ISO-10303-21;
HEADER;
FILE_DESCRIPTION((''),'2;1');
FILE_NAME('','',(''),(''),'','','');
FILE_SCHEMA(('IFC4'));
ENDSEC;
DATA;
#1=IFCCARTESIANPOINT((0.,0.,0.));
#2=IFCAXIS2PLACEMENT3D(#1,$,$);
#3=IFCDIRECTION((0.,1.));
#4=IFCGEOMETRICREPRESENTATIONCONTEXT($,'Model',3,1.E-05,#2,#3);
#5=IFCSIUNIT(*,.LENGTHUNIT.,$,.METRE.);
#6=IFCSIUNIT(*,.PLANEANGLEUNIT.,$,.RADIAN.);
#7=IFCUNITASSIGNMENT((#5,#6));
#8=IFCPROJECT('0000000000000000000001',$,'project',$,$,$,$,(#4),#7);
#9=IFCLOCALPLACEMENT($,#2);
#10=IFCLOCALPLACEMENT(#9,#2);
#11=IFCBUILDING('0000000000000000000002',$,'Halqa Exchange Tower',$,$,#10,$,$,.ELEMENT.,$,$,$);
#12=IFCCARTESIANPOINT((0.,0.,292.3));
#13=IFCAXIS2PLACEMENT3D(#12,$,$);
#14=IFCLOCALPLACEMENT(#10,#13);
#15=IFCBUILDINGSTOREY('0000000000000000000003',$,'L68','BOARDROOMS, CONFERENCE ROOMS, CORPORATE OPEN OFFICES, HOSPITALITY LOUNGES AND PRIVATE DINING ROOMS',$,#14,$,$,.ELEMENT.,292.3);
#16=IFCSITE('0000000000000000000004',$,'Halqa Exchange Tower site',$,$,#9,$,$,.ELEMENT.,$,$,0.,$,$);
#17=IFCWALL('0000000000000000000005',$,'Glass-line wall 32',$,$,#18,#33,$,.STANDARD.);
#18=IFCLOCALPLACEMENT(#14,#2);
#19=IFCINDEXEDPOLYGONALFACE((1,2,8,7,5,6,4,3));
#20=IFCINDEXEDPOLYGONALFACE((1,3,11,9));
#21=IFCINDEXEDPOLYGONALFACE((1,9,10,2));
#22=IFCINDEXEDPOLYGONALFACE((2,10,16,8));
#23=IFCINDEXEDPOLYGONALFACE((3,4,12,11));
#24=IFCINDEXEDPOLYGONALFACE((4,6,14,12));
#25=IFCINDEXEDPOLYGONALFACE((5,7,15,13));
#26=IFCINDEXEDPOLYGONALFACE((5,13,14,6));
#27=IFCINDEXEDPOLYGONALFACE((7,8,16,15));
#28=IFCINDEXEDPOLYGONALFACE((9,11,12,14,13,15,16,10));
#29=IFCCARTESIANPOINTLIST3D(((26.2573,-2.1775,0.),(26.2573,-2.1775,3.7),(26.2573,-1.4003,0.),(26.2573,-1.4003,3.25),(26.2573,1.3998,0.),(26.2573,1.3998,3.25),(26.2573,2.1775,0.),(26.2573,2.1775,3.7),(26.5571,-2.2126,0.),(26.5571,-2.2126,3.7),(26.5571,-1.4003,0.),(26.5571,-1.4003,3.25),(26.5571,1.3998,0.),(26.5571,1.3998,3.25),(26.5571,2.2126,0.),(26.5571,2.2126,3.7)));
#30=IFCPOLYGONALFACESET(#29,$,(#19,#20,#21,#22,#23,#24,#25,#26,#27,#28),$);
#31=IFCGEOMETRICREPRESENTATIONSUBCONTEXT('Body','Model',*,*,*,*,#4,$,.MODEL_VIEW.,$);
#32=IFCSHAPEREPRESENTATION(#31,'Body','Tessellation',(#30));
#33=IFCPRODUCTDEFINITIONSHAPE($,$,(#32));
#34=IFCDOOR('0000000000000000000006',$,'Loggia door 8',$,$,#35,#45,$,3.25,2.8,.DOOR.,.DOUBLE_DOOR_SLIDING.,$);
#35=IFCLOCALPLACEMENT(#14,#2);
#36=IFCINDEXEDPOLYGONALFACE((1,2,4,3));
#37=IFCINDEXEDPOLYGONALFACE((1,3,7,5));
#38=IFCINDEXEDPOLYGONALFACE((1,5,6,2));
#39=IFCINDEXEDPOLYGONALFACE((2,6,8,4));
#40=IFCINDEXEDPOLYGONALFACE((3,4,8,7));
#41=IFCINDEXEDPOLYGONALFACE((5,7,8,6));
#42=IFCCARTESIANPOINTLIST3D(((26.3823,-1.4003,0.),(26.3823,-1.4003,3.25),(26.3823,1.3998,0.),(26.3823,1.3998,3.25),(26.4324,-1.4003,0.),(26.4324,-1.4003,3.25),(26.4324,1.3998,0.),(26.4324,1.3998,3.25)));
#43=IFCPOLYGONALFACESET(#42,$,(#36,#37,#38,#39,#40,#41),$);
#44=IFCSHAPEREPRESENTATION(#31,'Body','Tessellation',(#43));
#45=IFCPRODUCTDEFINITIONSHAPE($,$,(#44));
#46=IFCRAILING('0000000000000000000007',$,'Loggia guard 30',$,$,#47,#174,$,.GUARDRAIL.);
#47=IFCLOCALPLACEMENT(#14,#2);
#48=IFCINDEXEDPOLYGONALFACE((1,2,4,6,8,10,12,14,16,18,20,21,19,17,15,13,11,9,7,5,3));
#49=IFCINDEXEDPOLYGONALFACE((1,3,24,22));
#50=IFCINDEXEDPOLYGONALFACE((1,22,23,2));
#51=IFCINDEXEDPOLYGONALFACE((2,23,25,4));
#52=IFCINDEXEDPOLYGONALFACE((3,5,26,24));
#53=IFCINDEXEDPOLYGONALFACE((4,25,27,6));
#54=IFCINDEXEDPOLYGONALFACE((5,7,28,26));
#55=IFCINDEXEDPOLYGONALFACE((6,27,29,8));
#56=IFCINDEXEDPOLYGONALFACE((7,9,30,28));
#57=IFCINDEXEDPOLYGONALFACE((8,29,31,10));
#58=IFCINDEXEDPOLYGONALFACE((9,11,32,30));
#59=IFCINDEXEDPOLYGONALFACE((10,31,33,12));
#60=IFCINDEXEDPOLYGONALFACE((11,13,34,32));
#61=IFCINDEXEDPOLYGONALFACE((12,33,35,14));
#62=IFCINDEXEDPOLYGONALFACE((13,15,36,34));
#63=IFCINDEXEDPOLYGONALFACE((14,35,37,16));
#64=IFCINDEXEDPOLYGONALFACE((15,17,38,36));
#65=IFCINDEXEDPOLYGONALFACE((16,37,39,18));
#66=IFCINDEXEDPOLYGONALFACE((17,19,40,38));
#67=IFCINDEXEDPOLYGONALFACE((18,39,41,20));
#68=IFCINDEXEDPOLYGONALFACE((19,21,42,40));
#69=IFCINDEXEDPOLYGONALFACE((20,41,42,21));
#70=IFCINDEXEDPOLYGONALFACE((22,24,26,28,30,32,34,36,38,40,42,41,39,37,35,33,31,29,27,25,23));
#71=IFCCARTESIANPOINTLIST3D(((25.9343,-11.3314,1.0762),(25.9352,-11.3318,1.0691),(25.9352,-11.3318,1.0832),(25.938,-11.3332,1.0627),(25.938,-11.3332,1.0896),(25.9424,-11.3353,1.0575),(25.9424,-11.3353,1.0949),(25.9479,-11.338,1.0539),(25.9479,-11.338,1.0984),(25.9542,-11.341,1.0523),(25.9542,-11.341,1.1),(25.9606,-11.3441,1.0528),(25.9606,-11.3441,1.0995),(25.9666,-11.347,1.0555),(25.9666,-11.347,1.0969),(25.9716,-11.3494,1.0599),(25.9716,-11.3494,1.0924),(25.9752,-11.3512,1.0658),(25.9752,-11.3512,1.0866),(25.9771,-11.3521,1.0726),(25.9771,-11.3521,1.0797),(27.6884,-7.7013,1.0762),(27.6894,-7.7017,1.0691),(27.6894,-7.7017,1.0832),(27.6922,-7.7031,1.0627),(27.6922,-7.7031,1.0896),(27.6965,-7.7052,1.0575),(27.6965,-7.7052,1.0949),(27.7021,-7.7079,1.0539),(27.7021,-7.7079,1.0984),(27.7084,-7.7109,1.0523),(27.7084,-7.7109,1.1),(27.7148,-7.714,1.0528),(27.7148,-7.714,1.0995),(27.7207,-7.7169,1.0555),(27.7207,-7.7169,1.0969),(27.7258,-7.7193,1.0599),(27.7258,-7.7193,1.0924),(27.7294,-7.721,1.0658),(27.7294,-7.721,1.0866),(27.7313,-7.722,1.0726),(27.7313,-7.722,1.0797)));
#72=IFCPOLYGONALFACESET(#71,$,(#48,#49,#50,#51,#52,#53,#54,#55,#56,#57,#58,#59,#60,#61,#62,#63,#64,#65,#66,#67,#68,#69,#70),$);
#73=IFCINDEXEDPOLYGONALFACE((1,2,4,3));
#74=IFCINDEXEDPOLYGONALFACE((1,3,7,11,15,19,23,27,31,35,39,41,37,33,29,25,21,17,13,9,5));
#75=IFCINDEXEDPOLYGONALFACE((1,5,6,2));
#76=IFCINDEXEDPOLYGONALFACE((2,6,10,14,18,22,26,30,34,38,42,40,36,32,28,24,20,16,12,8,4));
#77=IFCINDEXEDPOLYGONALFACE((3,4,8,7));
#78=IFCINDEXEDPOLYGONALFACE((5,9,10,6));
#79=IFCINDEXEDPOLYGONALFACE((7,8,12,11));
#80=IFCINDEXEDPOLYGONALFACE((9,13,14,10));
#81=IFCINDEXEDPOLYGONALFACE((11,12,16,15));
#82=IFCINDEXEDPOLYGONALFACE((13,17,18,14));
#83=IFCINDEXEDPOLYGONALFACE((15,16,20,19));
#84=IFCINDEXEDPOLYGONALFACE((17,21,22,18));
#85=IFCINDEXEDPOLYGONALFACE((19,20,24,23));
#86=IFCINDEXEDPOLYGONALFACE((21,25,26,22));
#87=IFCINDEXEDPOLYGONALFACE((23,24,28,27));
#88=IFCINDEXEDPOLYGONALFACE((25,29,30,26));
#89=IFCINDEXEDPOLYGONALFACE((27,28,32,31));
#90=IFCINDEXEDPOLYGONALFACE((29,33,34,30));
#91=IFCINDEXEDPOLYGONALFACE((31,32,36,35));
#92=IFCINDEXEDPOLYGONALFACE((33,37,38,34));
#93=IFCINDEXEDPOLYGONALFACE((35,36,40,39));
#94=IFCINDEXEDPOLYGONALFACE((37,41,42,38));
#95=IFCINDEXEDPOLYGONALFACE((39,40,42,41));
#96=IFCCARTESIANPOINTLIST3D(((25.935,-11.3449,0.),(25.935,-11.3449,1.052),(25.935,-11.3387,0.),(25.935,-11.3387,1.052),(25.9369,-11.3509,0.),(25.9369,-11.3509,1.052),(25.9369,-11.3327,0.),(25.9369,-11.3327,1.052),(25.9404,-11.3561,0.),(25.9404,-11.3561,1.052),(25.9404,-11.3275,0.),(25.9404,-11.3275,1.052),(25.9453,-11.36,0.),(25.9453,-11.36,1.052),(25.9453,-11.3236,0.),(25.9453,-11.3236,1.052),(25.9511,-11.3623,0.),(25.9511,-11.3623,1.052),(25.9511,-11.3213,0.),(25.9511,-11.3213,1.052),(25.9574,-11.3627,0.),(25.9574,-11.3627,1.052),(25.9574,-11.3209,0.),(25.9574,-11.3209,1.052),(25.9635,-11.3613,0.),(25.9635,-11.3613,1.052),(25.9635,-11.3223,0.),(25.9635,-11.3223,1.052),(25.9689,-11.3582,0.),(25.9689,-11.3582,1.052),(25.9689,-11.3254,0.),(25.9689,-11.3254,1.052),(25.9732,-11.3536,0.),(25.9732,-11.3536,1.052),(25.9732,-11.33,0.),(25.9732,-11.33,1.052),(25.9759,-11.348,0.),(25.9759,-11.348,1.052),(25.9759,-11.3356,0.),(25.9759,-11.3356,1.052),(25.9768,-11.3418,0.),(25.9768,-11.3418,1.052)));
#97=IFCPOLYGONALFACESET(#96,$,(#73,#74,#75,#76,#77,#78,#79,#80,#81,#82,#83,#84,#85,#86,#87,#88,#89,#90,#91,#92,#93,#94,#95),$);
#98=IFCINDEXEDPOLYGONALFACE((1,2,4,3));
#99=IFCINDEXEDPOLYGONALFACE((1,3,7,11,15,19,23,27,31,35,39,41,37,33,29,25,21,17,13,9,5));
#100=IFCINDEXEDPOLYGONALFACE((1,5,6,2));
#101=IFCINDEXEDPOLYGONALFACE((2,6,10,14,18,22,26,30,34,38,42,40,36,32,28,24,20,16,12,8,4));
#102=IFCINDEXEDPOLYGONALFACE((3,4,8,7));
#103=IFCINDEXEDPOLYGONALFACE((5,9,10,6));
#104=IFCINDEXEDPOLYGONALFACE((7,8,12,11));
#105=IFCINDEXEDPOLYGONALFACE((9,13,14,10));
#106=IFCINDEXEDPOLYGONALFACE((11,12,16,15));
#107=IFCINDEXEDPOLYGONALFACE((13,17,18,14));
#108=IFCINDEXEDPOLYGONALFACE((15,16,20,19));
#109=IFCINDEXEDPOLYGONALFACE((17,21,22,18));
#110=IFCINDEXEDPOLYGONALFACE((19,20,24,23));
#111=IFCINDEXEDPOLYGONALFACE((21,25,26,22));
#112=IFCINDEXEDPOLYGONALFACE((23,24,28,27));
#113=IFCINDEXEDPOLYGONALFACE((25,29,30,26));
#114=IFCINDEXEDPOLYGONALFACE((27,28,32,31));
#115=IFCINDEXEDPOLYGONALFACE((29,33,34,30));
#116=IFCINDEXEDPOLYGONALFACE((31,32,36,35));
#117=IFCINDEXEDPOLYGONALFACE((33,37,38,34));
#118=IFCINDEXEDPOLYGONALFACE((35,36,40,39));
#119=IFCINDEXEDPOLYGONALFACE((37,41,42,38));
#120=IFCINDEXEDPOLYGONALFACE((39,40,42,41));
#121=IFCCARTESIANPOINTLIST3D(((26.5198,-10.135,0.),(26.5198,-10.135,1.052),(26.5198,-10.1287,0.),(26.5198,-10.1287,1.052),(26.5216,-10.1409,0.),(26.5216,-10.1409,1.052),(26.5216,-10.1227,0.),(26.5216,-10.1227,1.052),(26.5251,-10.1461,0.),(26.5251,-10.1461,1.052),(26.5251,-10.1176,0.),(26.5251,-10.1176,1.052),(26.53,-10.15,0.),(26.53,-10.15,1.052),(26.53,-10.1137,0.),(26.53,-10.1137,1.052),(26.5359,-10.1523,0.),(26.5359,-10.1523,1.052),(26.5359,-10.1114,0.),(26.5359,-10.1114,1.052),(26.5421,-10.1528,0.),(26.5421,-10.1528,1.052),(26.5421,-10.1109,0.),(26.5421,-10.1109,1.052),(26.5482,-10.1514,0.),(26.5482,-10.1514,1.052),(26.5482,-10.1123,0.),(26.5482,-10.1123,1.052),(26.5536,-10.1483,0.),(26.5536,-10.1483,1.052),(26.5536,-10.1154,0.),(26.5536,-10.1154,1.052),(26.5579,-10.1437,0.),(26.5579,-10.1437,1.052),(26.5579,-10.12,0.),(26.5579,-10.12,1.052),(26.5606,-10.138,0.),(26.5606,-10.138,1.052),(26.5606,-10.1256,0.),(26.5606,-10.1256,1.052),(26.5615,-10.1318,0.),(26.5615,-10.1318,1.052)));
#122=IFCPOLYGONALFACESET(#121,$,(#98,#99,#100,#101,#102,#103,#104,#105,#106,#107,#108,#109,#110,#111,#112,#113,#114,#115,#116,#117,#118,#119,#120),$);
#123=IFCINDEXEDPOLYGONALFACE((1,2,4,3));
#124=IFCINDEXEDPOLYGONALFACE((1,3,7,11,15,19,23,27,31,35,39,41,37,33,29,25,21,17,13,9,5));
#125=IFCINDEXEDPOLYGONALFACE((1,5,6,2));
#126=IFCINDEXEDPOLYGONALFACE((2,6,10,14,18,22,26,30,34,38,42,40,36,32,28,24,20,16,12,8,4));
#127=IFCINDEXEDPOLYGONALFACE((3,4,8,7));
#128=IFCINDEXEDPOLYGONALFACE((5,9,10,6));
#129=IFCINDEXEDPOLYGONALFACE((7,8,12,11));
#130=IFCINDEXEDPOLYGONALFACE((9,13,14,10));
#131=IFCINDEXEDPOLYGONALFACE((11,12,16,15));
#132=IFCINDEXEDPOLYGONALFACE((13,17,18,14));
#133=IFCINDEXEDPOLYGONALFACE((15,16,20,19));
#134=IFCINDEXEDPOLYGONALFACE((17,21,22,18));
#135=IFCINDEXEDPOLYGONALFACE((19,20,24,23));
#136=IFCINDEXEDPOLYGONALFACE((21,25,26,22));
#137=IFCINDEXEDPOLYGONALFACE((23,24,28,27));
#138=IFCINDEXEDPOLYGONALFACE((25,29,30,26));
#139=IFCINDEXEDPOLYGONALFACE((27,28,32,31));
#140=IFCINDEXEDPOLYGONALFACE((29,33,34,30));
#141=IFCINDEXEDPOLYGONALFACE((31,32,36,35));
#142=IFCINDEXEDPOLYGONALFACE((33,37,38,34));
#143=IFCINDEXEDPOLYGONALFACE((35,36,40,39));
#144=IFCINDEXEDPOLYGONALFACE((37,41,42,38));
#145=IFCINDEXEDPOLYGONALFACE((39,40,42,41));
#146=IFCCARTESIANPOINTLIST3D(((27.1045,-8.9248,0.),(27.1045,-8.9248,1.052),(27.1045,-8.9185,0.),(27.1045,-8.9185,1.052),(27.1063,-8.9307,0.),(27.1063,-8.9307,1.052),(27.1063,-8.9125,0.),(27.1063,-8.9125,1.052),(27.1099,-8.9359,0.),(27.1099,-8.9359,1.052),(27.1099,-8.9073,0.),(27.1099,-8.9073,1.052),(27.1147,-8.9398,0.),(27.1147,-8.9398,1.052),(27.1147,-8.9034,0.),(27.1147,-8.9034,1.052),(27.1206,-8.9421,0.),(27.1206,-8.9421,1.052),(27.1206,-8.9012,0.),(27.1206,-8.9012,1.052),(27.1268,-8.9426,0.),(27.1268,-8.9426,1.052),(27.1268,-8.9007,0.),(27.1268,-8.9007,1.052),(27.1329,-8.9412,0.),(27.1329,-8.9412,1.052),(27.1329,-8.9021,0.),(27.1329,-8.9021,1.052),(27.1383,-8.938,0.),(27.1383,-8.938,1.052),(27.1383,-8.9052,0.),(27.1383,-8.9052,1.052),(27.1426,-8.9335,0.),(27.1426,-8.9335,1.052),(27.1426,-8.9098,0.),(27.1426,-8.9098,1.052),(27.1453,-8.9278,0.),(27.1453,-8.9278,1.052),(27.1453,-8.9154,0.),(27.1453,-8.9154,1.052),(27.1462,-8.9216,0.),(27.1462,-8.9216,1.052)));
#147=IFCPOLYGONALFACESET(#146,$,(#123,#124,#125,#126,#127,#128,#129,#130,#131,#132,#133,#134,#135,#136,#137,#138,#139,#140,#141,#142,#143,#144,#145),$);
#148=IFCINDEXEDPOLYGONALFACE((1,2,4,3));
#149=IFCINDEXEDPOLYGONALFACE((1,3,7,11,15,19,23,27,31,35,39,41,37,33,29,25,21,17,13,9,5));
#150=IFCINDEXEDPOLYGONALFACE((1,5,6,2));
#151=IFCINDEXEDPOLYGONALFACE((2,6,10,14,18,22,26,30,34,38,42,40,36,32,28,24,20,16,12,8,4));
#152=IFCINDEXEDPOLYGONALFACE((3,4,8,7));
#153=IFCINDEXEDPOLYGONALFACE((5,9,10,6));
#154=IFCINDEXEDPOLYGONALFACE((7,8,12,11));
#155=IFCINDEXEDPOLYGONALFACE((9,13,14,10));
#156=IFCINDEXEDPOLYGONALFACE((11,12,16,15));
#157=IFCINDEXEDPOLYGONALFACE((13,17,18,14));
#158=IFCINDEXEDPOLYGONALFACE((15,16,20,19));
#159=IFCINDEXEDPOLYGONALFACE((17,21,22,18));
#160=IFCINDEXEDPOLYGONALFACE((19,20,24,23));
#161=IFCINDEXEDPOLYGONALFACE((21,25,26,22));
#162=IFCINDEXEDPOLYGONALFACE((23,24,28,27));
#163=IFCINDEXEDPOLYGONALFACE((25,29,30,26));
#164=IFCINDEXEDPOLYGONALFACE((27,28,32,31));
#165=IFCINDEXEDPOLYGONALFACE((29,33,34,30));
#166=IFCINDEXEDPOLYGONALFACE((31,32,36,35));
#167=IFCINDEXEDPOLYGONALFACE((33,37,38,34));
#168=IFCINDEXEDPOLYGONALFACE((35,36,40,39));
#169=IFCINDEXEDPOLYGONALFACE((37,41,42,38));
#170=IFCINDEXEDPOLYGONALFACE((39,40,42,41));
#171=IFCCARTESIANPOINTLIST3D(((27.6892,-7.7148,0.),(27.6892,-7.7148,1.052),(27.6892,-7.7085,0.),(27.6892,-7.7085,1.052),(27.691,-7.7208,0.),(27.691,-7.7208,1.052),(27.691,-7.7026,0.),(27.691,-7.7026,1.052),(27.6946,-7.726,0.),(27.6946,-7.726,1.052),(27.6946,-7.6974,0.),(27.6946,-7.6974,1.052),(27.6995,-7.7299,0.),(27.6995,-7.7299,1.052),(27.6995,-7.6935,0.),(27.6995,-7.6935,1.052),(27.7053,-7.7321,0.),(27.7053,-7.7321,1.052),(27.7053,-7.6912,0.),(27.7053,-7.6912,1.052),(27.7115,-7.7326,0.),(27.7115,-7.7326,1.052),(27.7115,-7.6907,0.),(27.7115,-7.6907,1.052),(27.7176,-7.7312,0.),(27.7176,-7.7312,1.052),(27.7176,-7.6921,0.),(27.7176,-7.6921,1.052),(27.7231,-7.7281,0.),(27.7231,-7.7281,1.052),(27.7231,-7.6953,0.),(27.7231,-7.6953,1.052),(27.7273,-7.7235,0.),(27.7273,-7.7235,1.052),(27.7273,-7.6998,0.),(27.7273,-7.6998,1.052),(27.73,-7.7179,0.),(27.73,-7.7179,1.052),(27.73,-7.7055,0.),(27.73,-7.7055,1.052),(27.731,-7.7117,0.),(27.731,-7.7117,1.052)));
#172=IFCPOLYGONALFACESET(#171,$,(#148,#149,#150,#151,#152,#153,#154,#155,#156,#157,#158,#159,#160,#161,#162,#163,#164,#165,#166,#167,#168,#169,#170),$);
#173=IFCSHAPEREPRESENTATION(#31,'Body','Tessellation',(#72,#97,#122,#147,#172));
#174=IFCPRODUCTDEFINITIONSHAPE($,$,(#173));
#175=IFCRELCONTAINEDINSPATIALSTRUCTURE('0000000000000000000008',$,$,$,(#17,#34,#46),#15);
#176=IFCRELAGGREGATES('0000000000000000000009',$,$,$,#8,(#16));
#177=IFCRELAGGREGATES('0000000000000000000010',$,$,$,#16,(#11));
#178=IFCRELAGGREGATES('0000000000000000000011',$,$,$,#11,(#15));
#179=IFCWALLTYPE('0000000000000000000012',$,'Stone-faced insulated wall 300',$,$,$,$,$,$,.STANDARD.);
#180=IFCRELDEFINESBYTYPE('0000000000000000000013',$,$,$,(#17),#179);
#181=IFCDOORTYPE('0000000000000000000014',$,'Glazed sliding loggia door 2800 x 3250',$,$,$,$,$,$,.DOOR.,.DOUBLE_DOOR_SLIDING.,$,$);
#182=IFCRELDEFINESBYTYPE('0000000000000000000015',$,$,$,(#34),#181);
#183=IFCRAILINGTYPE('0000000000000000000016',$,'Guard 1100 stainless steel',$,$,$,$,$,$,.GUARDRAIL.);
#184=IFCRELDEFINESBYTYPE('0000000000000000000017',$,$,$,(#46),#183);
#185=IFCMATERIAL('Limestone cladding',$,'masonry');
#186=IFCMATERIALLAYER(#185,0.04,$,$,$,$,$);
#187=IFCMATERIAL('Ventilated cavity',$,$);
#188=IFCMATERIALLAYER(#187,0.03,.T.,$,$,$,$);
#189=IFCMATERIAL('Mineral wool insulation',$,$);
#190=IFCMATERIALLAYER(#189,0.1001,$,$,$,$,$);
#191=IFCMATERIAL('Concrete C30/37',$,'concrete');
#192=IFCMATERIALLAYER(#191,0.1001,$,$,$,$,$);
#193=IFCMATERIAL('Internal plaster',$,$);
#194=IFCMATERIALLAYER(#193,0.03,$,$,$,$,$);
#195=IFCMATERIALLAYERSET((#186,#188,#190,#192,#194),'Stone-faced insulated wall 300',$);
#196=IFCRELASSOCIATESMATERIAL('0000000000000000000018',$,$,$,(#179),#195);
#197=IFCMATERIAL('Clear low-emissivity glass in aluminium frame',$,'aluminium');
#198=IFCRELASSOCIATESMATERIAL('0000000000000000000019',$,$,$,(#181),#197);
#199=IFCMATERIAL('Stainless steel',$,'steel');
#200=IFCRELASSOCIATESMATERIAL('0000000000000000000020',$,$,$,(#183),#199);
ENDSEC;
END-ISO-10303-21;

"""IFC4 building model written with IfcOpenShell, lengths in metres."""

from ifc_helpers import new_model, si_unit, direction, frame, frame_2d, origin, origin_2d, place, context, subcontext, project, spatial, polyline, rectangle, circle, outline, extrude, material, layer, layer_set, type_object, element, fill, save


model = new_model("IFC4")

# Units and contexts
model_context = context("Model", 3, precision=1e-05, world=origin(), true_north=direction((0.0, 1.0)))
body_context = subcontext(model_context, "Body", "Model", "MODEL_VIEW")
ifc_project = project(units=[si_unit("LENGTHUNIT", "METRE"), si_unit("PLANEANGLEUNIT", "RADIAN")], contexts=[model_context])

# Site, building, storey
site_placement = place(None, origin())
site = spatial("IfcSite", under=ifc_project, at=site_placement, Name="Halqa Exchange Tower site", CompositionType="ELEMENT", RefElevation=0.0)
building_placement = place(site_placement, origin())
building = spatial("IfcBuilding", under=site, at=building_placement, Name="Halqa Exchange Tower", CompositionType="ELEMENT")
storey_placement = place(building_placement, frame((0.0, 0.0, 292.3)))
storey = spatial("IfcBuildingStorey", under=building, at=storey_placement, Name="L68", Description="BOARDROOMS, CONFERENCE ROOMS, CORPORATE OPEN OFFICES, HOSPITALITY LOUNGES AND PRIVATE DINING ROOMS", CompositionType="ELEMENT", Elevation=292.3)

# Shared definitions
ifc_material_1 = material(Name="Limestone cladding", Category="masonry")
ifc_layer_1 = layer(ifc_material_1, 0.04)
ifc_material_2 = material(Name="Ventilated cavity")
ifc_layer_2 = layer(ifc_material_2, 0.03, ventilated=True)
ifc_material_3 = material(Name="Mineral wool insulation")
ifc_layer_3 = layer(ifc_material_3, 0.1001)
ifc_material_4 = material(Name="Concrete C30/37", Category="concrete")
ifc_layer_4 = layer(ifc_material_4, 0.1001)
ifc_material_5 = material(Name="Internal plaster")
ifc_layer_5 = layer(ifc_material_5, 0.03)
ifc_layer_set_1 = layer_set([ifc_layer_1, ifc_layer_2, ifc_layer_3, ifc_layer_4, ifc_layer_5], Name="Stone-faced insulated wall 300")
wall_type_1 = type_object("IfcWallType", Name="Stone-faced insulated wall 300", PredefinedType="STANDARD", material=ifc_layer_set_1)
ifc_material_6 = material(Name="Clear low-emissivity glass in aluminium frame", Category="aluminium")

# Wall, opening, door
wall_1_placement = place(storey_placement, frame((26.4072, -2.1951, 0.0), z_axis=(0.0, 0.0, 1.0), x_axis=(0.0, 1.0, 0.0)))
wall_1 = element("IfcWall", 1, at=wall_1_placement, inside=storey, type_object=wall_type_1, Name="Glass-line wall 32", PredefinedType="STANDARD", context=body_context, shape_type="SweptSolid", body=[
    extrude(outline(polyline([(-0.0176, -0.1499), (4.4077, -0.1499), (4.3726, 0.1499), (0.0176, 0.1499), (-0.0176, -0.1499)])), origin(), (0.0, 0.0, 1.0), 3.7),
])
opening_1_placement = place(wall_1_placement, frame((0.7949, 0.0, 0.0)))
opening_1 = element("IfcOpeningElement", 2, at=opening_1_placement, cuts=wall_1, PredefinedType="OPENING", context=body_context, shape_type="SweptSolid", body=[
    extrude(rectangle(XDim=2.8, YDim=3.25, at=frame_2d((1.3999, 1.625))), frame((0.0, 0.1621, 0.0), z_axis=(0.0, -1.0, 0.0), x_axis=(1.0, 0.0, 0.0)), (0.0, 0.0, 1.0), 0.324),
])
door_type = type_object("IfcDoorType", Name="Glazed sliding loggia door 2800 x 3250", OperationType="DOUBLE_DOOR_SLIDING", PredefinedType="DOOR", material=ifc_material_6)
door_placement = place(opening_1_placement, origin())
door = element("IfcDoor", 3, at=door_placement, inside=storey, type_object=door_type, Name="Loggia door 8", OperationType="DOUBLE_DOOR_SLIDING", OverallHeight=3.25, OverallWidth=2.8, PredefinedType="DOOR", context=body_context, shape_type="SweptSolid", body=[
    extrude(rectangle(XDim=2.8, YDim=3.25, at=frame_2d((1.3999, 1.625))), frame((0.0, 0.0249, 0.0), z_axis=(0.0, -1.0, 0.0), x_axis=(1.0, 0.0, 0.0)), (0.0, 0.0, 1.0), 0.05),
])
fill(opening_1, door)

# Railing
ifc_material_7 = material(Name="Stainless steel", Category="steel")
railing_type = type_object("IfcRailingType", Name="Guard 1100 stainless steel", PredefinedType="GUARDRAIL", material=ifc_material_7)
railing_1_placement = place(storey_placement, frame((25.9558, -11.3418, 0.0)))
element("IfcRailing", 4, at=railing_1_placement, inside=storey, type_object=railing_type, Name="Loggia guard 30", PredefinedType="GUARDRAIL", context=body_context, shape_type="SweptSolid", body=[
    extrude(circle(Radius=0.0239, at=origin_2d()), frame((0.0, 0.0, 1.0762), z_axis=(0.435086, 0.900389, 0.0), x_axis=(-0.900389, 0.435086, 0.0)), (0.0, 0.0, 1.0), 4.0317),
    extrude(circle(Radius=0.021, at=origin_2d()), origin(), (0.0, 0.0, 1.0), 1.052),
    extrude(circle(Radius=0.021, at=origin_2d()), frame((0.5847, 1.21, 0.0)), (0.0, 0.0, 1.0), 1.052),
    extrude(circle(Radius=0.021, at=origin_2d()), frame((1.1694, 2.4202, 0.0)), (0.0, 0.0, 1.0), 1.052),
    extrude(circle(Radius=0.021, at=origin_2d()), frame((1.7542, 3.6301, 0.0)), (0.0, 0.0, 1.0), 1.052),
])

save(model, "model.ifc")
